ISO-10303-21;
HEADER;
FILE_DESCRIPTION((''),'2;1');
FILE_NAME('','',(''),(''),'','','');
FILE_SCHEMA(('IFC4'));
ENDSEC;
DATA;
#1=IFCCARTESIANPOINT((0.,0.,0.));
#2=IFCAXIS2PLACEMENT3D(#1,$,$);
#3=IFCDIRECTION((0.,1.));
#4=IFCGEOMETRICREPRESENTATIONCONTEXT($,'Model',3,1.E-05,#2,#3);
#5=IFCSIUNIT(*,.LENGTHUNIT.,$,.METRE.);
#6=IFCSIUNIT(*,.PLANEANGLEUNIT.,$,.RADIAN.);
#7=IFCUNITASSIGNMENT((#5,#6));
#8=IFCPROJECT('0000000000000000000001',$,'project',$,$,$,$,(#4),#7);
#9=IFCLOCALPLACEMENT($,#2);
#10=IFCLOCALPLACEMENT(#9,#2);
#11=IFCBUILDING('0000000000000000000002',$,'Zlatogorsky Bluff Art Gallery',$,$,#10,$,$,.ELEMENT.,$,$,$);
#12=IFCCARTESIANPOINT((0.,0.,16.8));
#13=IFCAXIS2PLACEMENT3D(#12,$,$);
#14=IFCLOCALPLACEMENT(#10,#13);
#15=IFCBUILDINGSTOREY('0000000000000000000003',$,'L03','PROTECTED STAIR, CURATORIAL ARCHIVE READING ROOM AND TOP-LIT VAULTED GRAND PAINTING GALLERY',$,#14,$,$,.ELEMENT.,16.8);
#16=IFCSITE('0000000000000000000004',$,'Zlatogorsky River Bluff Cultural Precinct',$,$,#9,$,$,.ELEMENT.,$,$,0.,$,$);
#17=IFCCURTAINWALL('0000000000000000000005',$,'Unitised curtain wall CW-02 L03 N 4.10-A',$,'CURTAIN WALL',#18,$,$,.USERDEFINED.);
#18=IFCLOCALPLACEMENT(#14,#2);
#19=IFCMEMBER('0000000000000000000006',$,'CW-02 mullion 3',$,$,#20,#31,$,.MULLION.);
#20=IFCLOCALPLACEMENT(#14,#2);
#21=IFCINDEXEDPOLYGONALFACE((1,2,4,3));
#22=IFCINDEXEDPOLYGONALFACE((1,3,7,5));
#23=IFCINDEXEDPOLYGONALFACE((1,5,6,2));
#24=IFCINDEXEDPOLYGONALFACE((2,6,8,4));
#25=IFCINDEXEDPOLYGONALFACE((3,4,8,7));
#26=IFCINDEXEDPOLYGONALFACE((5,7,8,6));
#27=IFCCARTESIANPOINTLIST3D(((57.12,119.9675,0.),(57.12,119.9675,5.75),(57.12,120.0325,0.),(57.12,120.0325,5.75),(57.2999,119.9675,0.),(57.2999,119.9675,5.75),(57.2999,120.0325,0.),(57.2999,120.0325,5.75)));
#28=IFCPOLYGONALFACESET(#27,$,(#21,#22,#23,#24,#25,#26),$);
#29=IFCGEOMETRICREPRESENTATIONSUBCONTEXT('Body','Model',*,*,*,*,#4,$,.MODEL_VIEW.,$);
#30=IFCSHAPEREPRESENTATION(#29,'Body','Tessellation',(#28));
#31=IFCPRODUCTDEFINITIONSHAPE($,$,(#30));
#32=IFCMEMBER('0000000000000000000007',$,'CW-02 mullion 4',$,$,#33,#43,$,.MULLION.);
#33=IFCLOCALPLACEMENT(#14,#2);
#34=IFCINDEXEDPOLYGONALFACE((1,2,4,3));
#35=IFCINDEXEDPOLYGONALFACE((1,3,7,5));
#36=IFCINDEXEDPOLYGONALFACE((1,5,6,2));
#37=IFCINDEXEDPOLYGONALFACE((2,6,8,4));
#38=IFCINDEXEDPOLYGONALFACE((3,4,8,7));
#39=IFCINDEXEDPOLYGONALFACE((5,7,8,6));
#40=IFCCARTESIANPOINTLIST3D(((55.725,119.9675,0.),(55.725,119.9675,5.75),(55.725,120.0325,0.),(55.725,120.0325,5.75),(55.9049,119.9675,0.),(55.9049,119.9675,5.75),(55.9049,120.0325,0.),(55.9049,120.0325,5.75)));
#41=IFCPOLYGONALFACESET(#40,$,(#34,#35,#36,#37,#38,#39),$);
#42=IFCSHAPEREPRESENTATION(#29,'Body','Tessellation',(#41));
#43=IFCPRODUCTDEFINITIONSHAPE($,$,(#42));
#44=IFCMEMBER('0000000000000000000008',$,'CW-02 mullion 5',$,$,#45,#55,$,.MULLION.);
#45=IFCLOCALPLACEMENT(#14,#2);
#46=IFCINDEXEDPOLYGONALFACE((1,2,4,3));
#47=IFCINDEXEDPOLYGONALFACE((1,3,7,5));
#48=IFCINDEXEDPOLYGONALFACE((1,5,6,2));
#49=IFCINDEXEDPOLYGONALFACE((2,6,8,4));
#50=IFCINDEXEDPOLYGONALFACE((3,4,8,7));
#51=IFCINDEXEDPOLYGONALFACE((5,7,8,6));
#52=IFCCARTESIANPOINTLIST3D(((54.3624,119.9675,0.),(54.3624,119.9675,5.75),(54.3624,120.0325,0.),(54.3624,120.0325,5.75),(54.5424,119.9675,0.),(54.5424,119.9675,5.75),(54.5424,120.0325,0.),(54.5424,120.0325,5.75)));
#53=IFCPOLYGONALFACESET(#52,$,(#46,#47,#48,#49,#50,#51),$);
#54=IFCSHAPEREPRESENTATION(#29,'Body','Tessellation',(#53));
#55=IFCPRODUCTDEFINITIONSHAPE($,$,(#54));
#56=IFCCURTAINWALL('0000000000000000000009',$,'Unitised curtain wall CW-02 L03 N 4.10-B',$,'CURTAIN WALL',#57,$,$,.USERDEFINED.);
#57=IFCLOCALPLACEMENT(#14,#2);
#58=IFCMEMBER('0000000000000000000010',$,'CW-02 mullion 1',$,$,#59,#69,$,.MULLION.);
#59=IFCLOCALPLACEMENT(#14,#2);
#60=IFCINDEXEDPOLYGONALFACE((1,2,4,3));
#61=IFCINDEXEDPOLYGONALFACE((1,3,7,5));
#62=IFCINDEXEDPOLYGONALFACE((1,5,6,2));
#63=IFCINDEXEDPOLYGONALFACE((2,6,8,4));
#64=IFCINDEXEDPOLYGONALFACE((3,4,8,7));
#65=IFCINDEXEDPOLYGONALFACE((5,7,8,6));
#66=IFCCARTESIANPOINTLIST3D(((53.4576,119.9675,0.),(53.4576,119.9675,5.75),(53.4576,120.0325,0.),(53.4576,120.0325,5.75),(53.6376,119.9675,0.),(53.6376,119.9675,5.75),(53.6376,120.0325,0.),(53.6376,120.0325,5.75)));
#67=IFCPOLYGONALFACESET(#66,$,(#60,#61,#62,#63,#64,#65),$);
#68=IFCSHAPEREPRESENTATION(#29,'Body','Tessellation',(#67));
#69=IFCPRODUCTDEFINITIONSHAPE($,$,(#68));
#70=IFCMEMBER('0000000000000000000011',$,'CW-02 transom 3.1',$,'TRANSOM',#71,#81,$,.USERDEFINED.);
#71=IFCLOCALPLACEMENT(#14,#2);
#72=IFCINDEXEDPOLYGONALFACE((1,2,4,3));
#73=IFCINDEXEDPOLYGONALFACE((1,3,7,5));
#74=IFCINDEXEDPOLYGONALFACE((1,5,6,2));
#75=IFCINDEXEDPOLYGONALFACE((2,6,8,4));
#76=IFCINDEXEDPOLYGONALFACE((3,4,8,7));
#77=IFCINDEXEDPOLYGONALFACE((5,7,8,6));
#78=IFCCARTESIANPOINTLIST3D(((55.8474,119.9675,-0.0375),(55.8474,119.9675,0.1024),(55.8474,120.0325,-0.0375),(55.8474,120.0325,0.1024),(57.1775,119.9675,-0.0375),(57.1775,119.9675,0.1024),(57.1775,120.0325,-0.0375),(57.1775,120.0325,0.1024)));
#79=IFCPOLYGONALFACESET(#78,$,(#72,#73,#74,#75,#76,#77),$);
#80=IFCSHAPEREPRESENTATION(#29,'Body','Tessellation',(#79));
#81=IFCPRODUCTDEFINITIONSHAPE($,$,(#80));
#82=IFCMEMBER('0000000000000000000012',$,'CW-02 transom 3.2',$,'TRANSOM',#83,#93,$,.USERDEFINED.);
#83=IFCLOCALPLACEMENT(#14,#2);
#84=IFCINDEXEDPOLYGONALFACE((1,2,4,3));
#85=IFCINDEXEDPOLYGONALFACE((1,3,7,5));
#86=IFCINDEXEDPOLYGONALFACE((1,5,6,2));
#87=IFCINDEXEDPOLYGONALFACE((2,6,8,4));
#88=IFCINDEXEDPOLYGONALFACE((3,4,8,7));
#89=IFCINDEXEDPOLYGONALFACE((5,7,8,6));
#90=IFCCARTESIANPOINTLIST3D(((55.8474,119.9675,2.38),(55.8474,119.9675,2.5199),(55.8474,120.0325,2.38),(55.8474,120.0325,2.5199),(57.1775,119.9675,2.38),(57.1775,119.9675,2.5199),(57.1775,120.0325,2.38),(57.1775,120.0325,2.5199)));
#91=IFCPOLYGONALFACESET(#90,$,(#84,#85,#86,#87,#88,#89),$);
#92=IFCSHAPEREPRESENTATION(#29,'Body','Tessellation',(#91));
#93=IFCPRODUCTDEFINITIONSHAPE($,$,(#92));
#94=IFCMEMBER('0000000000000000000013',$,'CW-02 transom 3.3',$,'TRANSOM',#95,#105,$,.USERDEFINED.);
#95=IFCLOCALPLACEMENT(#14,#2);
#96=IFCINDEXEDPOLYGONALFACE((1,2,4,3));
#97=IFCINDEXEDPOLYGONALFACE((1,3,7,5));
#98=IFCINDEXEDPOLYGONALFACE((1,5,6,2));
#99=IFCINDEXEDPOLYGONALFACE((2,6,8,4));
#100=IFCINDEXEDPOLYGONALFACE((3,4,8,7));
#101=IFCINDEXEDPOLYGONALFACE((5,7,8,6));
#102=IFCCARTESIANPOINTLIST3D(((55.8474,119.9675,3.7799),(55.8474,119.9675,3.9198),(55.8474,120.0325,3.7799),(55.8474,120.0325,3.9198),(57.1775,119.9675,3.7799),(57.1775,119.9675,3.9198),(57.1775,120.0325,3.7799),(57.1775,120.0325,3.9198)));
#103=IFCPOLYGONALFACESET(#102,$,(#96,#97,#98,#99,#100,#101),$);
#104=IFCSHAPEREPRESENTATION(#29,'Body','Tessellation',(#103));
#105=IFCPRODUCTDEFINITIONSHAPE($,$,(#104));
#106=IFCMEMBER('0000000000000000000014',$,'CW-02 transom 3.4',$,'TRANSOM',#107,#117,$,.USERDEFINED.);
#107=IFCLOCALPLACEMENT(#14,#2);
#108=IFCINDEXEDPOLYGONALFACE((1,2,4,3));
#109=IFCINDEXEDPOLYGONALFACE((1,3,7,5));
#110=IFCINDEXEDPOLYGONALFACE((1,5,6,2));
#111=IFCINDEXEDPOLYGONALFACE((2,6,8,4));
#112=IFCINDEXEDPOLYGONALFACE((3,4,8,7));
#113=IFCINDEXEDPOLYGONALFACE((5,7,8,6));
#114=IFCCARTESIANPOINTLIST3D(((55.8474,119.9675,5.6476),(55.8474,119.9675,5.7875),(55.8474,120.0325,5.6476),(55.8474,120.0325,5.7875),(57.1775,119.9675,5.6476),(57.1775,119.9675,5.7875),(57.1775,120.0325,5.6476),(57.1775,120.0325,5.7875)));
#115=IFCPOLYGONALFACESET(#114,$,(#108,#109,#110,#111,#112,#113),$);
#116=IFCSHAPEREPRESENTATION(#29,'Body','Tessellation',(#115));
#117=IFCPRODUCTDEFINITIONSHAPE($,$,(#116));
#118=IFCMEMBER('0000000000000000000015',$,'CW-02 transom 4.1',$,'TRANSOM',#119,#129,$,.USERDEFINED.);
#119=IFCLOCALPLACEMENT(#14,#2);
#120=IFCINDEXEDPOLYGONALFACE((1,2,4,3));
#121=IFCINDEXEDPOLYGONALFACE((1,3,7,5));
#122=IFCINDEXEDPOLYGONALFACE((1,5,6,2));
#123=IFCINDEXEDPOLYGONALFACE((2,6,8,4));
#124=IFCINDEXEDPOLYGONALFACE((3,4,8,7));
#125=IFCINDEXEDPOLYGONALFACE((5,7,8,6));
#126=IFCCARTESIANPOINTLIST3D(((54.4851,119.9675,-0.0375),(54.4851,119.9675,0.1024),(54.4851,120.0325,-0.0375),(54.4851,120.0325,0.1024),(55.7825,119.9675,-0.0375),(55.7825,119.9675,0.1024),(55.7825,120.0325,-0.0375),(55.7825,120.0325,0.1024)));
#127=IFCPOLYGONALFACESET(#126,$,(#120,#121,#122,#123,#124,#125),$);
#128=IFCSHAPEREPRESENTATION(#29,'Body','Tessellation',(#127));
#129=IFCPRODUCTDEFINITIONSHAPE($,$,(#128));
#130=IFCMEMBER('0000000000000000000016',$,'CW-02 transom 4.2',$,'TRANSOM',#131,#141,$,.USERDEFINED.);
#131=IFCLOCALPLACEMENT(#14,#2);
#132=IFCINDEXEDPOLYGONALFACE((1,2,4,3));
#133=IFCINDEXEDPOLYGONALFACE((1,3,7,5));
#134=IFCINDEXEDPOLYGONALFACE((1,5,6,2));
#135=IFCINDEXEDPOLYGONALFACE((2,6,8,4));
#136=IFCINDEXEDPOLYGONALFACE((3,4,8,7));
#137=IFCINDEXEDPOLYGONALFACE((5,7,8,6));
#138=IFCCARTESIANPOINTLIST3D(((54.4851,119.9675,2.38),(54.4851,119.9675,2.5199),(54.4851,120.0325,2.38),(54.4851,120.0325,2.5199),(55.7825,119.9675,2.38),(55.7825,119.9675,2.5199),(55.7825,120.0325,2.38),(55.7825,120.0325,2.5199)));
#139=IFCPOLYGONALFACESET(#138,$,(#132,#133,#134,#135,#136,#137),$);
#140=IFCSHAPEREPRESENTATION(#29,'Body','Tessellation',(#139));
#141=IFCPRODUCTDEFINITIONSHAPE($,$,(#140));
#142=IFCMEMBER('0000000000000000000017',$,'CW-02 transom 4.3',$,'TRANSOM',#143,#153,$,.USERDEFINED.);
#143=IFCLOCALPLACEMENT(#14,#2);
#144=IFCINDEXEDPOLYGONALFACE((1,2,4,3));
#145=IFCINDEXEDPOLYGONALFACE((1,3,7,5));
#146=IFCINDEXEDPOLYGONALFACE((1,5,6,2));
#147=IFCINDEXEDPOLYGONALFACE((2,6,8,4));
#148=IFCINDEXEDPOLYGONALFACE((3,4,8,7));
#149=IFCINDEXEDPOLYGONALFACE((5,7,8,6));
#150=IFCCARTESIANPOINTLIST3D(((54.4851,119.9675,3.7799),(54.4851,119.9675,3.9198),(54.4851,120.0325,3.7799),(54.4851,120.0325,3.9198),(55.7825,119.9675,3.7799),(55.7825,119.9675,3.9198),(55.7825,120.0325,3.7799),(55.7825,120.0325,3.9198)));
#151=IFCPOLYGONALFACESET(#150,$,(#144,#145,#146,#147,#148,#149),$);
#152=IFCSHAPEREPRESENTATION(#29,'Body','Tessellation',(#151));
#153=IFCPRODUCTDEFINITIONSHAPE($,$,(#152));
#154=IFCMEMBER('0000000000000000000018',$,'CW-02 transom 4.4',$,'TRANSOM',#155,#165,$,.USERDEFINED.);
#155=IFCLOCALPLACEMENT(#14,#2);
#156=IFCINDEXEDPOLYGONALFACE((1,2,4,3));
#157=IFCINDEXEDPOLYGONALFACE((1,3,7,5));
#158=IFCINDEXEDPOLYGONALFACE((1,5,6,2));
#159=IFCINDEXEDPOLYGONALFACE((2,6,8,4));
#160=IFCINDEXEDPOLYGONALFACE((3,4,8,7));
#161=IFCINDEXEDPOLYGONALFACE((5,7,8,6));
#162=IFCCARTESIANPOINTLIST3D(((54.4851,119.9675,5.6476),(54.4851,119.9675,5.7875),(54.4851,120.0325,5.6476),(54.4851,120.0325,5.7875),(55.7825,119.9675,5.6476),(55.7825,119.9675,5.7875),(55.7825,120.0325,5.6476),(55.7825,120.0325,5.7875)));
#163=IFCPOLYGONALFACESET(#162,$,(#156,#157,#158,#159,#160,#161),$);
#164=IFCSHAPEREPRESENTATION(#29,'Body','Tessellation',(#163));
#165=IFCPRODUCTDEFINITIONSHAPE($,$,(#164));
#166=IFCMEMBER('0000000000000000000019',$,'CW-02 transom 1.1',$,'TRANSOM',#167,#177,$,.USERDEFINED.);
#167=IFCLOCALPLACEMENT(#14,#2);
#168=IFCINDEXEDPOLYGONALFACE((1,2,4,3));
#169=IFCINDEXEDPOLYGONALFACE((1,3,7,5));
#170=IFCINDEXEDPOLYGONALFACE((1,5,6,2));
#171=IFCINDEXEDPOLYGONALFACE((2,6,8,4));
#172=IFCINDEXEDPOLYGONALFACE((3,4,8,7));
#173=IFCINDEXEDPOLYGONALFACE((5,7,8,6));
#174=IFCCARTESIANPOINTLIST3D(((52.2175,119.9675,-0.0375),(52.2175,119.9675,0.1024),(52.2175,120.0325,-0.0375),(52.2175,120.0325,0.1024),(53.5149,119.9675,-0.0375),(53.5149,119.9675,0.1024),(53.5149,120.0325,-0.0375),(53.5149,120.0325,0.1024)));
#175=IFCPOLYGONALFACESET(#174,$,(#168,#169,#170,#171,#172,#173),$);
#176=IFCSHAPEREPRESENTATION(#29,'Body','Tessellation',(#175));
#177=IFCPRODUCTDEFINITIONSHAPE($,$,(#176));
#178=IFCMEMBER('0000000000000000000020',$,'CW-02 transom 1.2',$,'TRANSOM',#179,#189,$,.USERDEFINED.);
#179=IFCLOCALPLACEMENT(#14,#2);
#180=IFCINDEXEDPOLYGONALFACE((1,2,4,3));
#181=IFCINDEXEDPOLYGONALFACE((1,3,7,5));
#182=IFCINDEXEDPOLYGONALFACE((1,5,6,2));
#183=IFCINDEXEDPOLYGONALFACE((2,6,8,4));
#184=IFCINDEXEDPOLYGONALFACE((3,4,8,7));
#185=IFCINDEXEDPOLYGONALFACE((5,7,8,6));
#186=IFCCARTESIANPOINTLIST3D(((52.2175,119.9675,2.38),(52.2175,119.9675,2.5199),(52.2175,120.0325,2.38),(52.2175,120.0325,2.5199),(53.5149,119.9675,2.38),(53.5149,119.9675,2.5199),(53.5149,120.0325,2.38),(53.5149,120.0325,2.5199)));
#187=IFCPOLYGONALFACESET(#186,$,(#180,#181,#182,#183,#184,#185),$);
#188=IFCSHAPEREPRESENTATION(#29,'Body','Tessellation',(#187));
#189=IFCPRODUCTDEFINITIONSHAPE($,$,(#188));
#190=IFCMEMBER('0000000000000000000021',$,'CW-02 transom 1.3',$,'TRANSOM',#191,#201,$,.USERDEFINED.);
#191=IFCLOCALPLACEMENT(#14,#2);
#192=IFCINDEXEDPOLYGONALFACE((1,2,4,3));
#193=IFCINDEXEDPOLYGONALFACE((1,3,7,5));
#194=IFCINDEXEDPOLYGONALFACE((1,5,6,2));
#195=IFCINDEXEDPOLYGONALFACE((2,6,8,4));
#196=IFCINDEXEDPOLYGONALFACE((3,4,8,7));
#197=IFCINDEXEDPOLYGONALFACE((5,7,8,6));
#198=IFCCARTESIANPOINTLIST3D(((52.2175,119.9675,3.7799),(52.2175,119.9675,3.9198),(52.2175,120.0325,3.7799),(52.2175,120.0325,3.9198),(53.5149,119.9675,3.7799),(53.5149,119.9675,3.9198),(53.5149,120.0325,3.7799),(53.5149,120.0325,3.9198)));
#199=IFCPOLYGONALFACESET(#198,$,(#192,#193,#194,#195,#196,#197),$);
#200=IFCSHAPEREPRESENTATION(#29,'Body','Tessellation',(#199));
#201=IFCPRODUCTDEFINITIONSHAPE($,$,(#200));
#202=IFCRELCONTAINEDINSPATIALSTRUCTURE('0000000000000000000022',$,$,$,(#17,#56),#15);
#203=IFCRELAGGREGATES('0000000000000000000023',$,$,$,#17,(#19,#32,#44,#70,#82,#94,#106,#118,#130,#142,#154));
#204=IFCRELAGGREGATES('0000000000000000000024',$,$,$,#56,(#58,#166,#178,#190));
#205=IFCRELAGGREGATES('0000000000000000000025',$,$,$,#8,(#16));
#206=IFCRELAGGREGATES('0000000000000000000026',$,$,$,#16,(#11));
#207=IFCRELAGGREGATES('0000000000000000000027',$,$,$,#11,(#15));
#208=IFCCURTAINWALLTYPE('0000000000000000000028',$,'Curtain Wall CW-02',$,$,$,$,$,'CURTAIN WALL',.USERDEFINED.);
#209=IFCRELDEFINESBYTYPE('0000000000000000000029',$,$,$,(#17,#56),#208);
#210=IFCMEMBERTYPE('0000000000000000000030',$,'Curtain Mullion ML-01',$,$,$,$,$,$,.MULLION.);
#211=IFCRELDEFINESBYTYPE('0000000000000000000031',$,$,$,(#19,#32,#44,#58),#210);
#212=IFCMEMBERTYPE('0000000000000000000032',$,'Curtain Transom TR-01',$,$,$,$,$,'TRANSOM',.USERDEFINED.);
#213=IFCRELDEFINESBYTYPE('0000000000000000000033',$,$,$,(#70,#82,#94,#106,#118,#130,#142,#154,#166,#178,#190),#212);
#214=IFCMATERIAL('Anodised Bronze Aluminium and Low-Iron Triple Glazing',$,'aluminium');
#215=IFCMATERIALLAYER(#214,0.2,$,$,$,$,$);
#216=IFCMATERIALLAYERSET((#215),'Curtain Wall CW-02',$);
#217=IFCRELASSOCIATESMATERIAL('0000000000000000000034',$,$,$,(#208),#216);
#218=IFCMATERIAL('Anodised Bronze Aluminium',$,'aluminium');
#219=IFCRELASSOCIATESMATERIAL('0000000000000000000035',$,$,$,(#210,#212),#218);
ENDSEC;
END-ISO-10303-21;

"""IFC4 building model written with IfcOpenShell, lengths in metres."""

from ifc_helpers import new_model, si_unit, direction, frame, origin, origin_2d, place, context, subcontext, project, spatial, rectangle, extrude, material, layer, layer_set, material_profile, profile_set, type_object, element, aggregate, save


model = new_model("IFC4")

# Units and contexts
model_context = context("Model", 3, precision=1e-05, world=origin(), true_north=direction((0.0, 1.0)))
body_context = subcontext(model_context, "Body", "Model", "MODEL_VIEW")
ifc_project = project(units=[si_unit("LENGTHUNIT", "METRE"), si_unit("PLANEANGLEUNIT", "RADIAN")], contexts=[model_context])

# Site, building, storey
site_placement = place(None, origin())
site = spatial("IfcSite", under=ifc_project, at=site_placement, Name="Zlatogorsky River Bluff Cultural Precinct", CompositionType="ELEMENT", RefElevation=0.0)
building_placement = place(site_placement, origin())
building = spatial("IfcBuilding", under=site, at=building_placement, Name="Zlatogorsky Bluff Art Gallery", CompositionType="ELEMENT")
storey_placement = place(building_placement, frame((0.0, 0.0, 16.8)))
storey = spatial("IfcBuildingStorey", under=building, at=storey_placement, Name="L03", Description="PROTECTED STAIR, CURATORIAL ARCHIVE READING ROOM AND TOP-LIT VAULTED GRAND PAINTING GALLERY", CompositionType="ELEMENT", Elevation=16.8)

# Curtain wall, members
ifc_material_1 = material(Name="Anodised Bronze Aluminium and Low-Iron Triple Glazing", Category="aluminium")
ifc_layer_1 = layer(ifc_material_1, 0.2)
ifc_layer_set_1 = layer_set([ifc_layer_1], Name="Curtain Wall CW-02")
curtain_wall_type = type_object("IfcCurtainWallType", Name="Curtain Wall CW-02", ElementType="CURTAIN WALL", PredefinedType="USERDEFINED", material=ifc_layer_set_1)
curtain_wall_1_placement = place(storey_placement, origin())
curtain_wall_1 = element("IfcCurtainWall", 1, at=curtain_wall_1_placement, inside=storey, type_object=curtain_wall_type, Name="Unitised curtain wall CW-02 L03 N 4.10-A", ObjectType="CURTAIN WALL", PredefinedType="USERDEFINED")
ifc_material_2 = material(Name="Anodised Bronze Aluminium", Category="aluminium")
ifc_material_profile_1 = material_profile(ifc_material_2, rectangle(XDim=0.0649, YDim=0.1799, at=origin_2d()), Name="ALU MULLION 65x180")
ifc_profile_set_1 = profile_set([ifc_material_profile_1], Name="Anodised Bronze Aluminium")
member_type_1 = type_object("IfcMemberType", Name="Curtain Mullion ML-01", PredefinedType="MULLION", material=ifc_profile_set_1)
member_1_placement = place(storey_placement, frame((57.21, 120.0, 0.0), z_axis=(0.0, 0.0, 1.0), x_axis=(0.0, -1.0, 0.0)))
member_1 = element("IfcMember", 2, at=member_1_placement, type_object=member_type_1, Name="CW-02 mullion 3", PredefinedType="MULLION", context=body_context, shape_type="SweptSolid", body=[
    extrude(rectangle(XDim=0.0649, YDim=0.1799, at=origin_2d()), origin(), (0.0, 0.0, 1.0), 5.75),
])
member_2_placement = place(storey_placement, frame((55.8149, 120.0, 0.0), z_axis=(0.0, 0.0, 1.0), x_axis=(0.0, -1.0, 0.0)))
member_2 = element("IfcMember", 3, at=member_2_placement, type_object=member_type_1, Name="CW-02 mullion 4", PredefinedType="MULLION", context=body_context, shape_type="SweptSolid", body=[
    extrude(rectangle(XDim=0.0649, YDim=0.1799, at=origin_2d()), origin(), (0.0, 0.0, 1.0), 5.75),
])
member_3_placement = place(storey_placement, frame((54.4524, 120.0, 0.0), z_axis=(0.0, 0.0, 1.0), x_axis=(0.0, -1.0, 0.0)))
member_3 = element("IfcMember", 4, at=member_3_placement, type_object=member_type_1, Name="CW-02 mullion 5", PredefinedType="MULLION", context=body_context, shape_type="SweptSolid", body=[
    extrude(rectangle(XDim=0.0649, YDim=0.1799, at=origin_2d()), origin(), (0.0, 0.0, 1.0), 5.75),
])

# Curtain wall, member
curtain_wall_2_placement = place(storey_placement, origin())
curtain_wall_2 = element("IfcCurtainWall", 5, at=curtain_wall_2_placement, inside=storey, type_object=curtain_wall_type, Name="Unitised curtain wall CW-02 L03 N 4.10-B", ObjectType="CURTAIN WALL", PredefinedType="USERDEFINED")
member_4_placement = place(storey_placement, frame((53.5476, 120.0, 0.0), z_axis=(0.0, 0.0, 1.0), x_axis=(0.0, -1.0, 0.0)))
member_4 = element("IfcMember", 6, at=member_4_placement, type_object=member_type_1, Name="CW-02 mullion 1", PredefinedType="MULLION", context=body_context, shape_type="SweptSolid", body=[
    extrude(rectangle(XDim=0.0649, YDim=0.1799, at=origin_2d()), origin(), (0.0, 0.0, 1.0), 5.75),
])

# Members
ifc_material_profile_2 = material_profile(ifc_material_2, rectangle(XDim=0.0649, YDim=0.1399, at=origin_2d()), Name="ALU TRANSOM 65x140")
ifc_profile_set_2 = profile_set([ifc_material_profile_2], Name="Anodised Bronze Aluminium")
member_type_2 = type_object("IfcMemberType", Name="Curtain Transom TR-01", ElementType="TRANSOM", PredefinedType="USERDEFINED", material=ifc_profile_set_2)
member_5_placement = place(storey_placement, frame((57.1775, 120.0, 0.0325), z_axis=(-1.0, 0.0, 0.0), x_axis=(0.0, -1.0, 0.0)))
member_5 = element("IfcMember", 7, at=member_5_placement, type_object=member_type_2, Name="CW-02 transom 3.1", ObjectType="TRANSOM", PredefinedType="USERDEFINED", context=body_context, shape_type="SweptSolid", body=[
    extrude(rectangle(XDim=0.0649, YDim=0.1399, at=origin_2d()), origin(), (0.0, 0.0, 1.0), 1.3301),
])
member_6_placement = place(storey_placement, frame((57.1775, 120.0, 2.45), z_axis=(-1.0, 0.0, 0.0), x_axis=(0.0, -1.0, 0.0)))
member_6 = element("IfcMember", 8, at=member_6_placement, type_object=member_type_2, Name="CW-02 transom 3.2", ObjectType="TRANSOM", PredefinedType="USERDEFINED", context=body_context, shape_type="SweptSolid", body=[
    extrude(rectangle(XDim=0.0649, YDim=0.1399, at=origin_2d()), origin(), (0.0, 0.0, 1.0), 1.3301),
])
member_7_placement = place(storey_placement, frame((57.1775, 120.0, 3.8499), z_axis=(-1.0, 0.0, 0.0), x_axis=(0.0, -1.0, 0.0)))
member_7 = element("IfcMember", 9, at=member_7_placement, type_object=member_type_2, Name="CW-02 transom 3.3", ObjectType="TRANSOM", PredefinedType="USERDEFINED", context=body_context, shape_type="SweptSolid", body=[
    extrude(rectangle(XDim=0.0649, YDim=0.1399, at=origin_2d()), origin(), (0.0, 0.0, 1.0), 1.3301),
])
member_8_placement = place(storey_placement, frame((57.1775, 120.0, 5.7175), z_axis=(-1.0, 0.0, 0.0), x_axis=(0.0, -1.0, 0.0)))
member_8 = element("IfcMember", 10, at=member_8_placement, type_object=member_type_2, Name="CW-02 transom 3.4", ObjectType="TRANSOM", PredefinedType="USERDEFINED", context=body_context, shape_type="SweptSolid", body=[
    extrude(rectangle(XDim=0.0649, YDim=0.1399, at=origin_2d()), origin(), (0.0, 0.0, 1.0), 1.3301),
])
member_9_placement = place(storey_placement, frame((55.7825, 120.0, 0.0325), z_axis=(-1.0, 0.0, 0.0), x_axis=(0.0, -1.0, 0.0)))
member_9 = element("IfcMember", 11, at=member_9_placement, type_object=member_type_2, Name="CW-02 transom 4.1", ObjectType="TRANSOM", PredefinedType="USERDEFINED", context=body_context, shape_type="SweptSolid", body=[
    extrude(rectangle(XDim=0.0649, YDim=0.1399, at=origin_2d()), origin(), (0.0, 0.0, 1.0), 1.2974),
])
member_10_placement = place(storey_placement, frame((55.7825, 120.0, 2.45), z_axis=(-1.0, 0.0, 0.0), x_axis=(0.0, -1.0, 0.0)))
member_10 = element("IfcMember", 12, at=member_10_placement, type_object=member_type_2, Name="CW-02 transom 4.2", ObjectType="TRANSOM", PredefinedType="USERDEFINED", context=body_context, shape_type="SweptSolid", body=[
    extrude(rectangle(XDim=0.0649, YDim=0.1399, at=origin_2d()), origin(), (0.0, 0.0, 1.0), 1.2974),
])
member_11_placement = place(storey_placement, frame((55.7825, 120.0, 3.8499), z_axis=(-1.0, 0.0, 0.0), x_axis=(0.0, -1.0, 0.0)))
member_11 = element("IfcMember", 13, at=member_11_placement, type_object=member_type_2, Name="CW-02 transom 4.3", ObjectType="TRANSOM", PredefinedType="USERDEFINED", context=body_context, shape_type="SweptSolid", body=[
    extrude(rectangle(XDim=0.0649, YDim=0.1399, at=origin_2d()), origin(), (0.0, 0.0, 1.0), 1.2974),
])
member_12_placement = place(storey_placement, frame((55.7825, 120.0, 5.7175), z_axis=(-1.0, 0.0, 0.0), x_axis=(0.0, -1.0, 0.0)))
member_12 = element("IfcMember", 14, at=member_12_placement, type_object=member_type_2, Name="CW-02 transom 4.4", ObjectType="TRANSOM", PredefinedType="USERDEFINED", context=body_context, shape_type="SweptSolid", body=[
    extrude(rectangle(XDim=0.0649, YDim=0.1399, at=origin_2d()), origin(), (0.0, 0.0, 1.0), 1.2974),
])
member_13_placement = place(storey_placement, frame((53.5149, 120.0, 0.0325), z_axis=(-1.0, 0.0, 0.0), x_axis=(0.0, -1.0, 0.0)))
member_13 = element("IfcMember", 15, at=member_13_placement, type_object=member_type_2, Name="CW-02 transom 1.1", ObjectType="TRANSOM", PredefinedType="USERDEFINED", context=body_context, shape_type="SweptSolid", body=[
    extrude(rectangle(XDim=0.0649, YDim=0.1399, at=origin_2d()), origin(), (0.0, 0.0, 1.0), 1.2974),
])
member_14_placement = place(storey_placement, frame((53.5149, 120.0, 2.45), z_axis=(-1.0, 0.0, 0.0), x_axis=(0.0, -1.0, 0.0)))
member_14 = element("IfcMember", 16, at=member_14_placement, type_object=member_type_2, Name="CW-02 transom 1.2", ObjectType="TRANSOM", PredefinedType="USERDEFINED", context=body_context, shape_type="SweptSolid", body=[
    extrude(rectangle(XDim=0.0649, YDim=0.1399, at=origin_2d()), origin(), (0.0, 0.0, 1.0), 1.2974),
])
member_15_placement = place(storey_placement, frame((53.5149, 120.0, 3.8499), z_axis=(-1.0, 0.0, 0.0), x_axis=(0.0, -1.0, 0.0)))
member_15 = element("IfcMember", 17, at=member_15_placement, type_object=member_type_2, Name="CW-02 transom 1.3", ObjectType="TRANSOM", PredefinedType="USERDEFINED", context=body_context, shape_type="SweptSolid", body=[
    extrude(rectangle(XDim=0.0649, YDim=0.1399, at=origin_2d()), origin(), (0.0, 0.0, 1.0), 1.2974),
])

aggregate(curtain_wall_1, [member_1, member_2, member_3, member_5, member_6, member_7, member_8, member_9, member_10, member_11, member_12])
aggregate(curtain_wall_2, [member_4, member_13, member_14, member_15])

save(model, "model.ifc")
